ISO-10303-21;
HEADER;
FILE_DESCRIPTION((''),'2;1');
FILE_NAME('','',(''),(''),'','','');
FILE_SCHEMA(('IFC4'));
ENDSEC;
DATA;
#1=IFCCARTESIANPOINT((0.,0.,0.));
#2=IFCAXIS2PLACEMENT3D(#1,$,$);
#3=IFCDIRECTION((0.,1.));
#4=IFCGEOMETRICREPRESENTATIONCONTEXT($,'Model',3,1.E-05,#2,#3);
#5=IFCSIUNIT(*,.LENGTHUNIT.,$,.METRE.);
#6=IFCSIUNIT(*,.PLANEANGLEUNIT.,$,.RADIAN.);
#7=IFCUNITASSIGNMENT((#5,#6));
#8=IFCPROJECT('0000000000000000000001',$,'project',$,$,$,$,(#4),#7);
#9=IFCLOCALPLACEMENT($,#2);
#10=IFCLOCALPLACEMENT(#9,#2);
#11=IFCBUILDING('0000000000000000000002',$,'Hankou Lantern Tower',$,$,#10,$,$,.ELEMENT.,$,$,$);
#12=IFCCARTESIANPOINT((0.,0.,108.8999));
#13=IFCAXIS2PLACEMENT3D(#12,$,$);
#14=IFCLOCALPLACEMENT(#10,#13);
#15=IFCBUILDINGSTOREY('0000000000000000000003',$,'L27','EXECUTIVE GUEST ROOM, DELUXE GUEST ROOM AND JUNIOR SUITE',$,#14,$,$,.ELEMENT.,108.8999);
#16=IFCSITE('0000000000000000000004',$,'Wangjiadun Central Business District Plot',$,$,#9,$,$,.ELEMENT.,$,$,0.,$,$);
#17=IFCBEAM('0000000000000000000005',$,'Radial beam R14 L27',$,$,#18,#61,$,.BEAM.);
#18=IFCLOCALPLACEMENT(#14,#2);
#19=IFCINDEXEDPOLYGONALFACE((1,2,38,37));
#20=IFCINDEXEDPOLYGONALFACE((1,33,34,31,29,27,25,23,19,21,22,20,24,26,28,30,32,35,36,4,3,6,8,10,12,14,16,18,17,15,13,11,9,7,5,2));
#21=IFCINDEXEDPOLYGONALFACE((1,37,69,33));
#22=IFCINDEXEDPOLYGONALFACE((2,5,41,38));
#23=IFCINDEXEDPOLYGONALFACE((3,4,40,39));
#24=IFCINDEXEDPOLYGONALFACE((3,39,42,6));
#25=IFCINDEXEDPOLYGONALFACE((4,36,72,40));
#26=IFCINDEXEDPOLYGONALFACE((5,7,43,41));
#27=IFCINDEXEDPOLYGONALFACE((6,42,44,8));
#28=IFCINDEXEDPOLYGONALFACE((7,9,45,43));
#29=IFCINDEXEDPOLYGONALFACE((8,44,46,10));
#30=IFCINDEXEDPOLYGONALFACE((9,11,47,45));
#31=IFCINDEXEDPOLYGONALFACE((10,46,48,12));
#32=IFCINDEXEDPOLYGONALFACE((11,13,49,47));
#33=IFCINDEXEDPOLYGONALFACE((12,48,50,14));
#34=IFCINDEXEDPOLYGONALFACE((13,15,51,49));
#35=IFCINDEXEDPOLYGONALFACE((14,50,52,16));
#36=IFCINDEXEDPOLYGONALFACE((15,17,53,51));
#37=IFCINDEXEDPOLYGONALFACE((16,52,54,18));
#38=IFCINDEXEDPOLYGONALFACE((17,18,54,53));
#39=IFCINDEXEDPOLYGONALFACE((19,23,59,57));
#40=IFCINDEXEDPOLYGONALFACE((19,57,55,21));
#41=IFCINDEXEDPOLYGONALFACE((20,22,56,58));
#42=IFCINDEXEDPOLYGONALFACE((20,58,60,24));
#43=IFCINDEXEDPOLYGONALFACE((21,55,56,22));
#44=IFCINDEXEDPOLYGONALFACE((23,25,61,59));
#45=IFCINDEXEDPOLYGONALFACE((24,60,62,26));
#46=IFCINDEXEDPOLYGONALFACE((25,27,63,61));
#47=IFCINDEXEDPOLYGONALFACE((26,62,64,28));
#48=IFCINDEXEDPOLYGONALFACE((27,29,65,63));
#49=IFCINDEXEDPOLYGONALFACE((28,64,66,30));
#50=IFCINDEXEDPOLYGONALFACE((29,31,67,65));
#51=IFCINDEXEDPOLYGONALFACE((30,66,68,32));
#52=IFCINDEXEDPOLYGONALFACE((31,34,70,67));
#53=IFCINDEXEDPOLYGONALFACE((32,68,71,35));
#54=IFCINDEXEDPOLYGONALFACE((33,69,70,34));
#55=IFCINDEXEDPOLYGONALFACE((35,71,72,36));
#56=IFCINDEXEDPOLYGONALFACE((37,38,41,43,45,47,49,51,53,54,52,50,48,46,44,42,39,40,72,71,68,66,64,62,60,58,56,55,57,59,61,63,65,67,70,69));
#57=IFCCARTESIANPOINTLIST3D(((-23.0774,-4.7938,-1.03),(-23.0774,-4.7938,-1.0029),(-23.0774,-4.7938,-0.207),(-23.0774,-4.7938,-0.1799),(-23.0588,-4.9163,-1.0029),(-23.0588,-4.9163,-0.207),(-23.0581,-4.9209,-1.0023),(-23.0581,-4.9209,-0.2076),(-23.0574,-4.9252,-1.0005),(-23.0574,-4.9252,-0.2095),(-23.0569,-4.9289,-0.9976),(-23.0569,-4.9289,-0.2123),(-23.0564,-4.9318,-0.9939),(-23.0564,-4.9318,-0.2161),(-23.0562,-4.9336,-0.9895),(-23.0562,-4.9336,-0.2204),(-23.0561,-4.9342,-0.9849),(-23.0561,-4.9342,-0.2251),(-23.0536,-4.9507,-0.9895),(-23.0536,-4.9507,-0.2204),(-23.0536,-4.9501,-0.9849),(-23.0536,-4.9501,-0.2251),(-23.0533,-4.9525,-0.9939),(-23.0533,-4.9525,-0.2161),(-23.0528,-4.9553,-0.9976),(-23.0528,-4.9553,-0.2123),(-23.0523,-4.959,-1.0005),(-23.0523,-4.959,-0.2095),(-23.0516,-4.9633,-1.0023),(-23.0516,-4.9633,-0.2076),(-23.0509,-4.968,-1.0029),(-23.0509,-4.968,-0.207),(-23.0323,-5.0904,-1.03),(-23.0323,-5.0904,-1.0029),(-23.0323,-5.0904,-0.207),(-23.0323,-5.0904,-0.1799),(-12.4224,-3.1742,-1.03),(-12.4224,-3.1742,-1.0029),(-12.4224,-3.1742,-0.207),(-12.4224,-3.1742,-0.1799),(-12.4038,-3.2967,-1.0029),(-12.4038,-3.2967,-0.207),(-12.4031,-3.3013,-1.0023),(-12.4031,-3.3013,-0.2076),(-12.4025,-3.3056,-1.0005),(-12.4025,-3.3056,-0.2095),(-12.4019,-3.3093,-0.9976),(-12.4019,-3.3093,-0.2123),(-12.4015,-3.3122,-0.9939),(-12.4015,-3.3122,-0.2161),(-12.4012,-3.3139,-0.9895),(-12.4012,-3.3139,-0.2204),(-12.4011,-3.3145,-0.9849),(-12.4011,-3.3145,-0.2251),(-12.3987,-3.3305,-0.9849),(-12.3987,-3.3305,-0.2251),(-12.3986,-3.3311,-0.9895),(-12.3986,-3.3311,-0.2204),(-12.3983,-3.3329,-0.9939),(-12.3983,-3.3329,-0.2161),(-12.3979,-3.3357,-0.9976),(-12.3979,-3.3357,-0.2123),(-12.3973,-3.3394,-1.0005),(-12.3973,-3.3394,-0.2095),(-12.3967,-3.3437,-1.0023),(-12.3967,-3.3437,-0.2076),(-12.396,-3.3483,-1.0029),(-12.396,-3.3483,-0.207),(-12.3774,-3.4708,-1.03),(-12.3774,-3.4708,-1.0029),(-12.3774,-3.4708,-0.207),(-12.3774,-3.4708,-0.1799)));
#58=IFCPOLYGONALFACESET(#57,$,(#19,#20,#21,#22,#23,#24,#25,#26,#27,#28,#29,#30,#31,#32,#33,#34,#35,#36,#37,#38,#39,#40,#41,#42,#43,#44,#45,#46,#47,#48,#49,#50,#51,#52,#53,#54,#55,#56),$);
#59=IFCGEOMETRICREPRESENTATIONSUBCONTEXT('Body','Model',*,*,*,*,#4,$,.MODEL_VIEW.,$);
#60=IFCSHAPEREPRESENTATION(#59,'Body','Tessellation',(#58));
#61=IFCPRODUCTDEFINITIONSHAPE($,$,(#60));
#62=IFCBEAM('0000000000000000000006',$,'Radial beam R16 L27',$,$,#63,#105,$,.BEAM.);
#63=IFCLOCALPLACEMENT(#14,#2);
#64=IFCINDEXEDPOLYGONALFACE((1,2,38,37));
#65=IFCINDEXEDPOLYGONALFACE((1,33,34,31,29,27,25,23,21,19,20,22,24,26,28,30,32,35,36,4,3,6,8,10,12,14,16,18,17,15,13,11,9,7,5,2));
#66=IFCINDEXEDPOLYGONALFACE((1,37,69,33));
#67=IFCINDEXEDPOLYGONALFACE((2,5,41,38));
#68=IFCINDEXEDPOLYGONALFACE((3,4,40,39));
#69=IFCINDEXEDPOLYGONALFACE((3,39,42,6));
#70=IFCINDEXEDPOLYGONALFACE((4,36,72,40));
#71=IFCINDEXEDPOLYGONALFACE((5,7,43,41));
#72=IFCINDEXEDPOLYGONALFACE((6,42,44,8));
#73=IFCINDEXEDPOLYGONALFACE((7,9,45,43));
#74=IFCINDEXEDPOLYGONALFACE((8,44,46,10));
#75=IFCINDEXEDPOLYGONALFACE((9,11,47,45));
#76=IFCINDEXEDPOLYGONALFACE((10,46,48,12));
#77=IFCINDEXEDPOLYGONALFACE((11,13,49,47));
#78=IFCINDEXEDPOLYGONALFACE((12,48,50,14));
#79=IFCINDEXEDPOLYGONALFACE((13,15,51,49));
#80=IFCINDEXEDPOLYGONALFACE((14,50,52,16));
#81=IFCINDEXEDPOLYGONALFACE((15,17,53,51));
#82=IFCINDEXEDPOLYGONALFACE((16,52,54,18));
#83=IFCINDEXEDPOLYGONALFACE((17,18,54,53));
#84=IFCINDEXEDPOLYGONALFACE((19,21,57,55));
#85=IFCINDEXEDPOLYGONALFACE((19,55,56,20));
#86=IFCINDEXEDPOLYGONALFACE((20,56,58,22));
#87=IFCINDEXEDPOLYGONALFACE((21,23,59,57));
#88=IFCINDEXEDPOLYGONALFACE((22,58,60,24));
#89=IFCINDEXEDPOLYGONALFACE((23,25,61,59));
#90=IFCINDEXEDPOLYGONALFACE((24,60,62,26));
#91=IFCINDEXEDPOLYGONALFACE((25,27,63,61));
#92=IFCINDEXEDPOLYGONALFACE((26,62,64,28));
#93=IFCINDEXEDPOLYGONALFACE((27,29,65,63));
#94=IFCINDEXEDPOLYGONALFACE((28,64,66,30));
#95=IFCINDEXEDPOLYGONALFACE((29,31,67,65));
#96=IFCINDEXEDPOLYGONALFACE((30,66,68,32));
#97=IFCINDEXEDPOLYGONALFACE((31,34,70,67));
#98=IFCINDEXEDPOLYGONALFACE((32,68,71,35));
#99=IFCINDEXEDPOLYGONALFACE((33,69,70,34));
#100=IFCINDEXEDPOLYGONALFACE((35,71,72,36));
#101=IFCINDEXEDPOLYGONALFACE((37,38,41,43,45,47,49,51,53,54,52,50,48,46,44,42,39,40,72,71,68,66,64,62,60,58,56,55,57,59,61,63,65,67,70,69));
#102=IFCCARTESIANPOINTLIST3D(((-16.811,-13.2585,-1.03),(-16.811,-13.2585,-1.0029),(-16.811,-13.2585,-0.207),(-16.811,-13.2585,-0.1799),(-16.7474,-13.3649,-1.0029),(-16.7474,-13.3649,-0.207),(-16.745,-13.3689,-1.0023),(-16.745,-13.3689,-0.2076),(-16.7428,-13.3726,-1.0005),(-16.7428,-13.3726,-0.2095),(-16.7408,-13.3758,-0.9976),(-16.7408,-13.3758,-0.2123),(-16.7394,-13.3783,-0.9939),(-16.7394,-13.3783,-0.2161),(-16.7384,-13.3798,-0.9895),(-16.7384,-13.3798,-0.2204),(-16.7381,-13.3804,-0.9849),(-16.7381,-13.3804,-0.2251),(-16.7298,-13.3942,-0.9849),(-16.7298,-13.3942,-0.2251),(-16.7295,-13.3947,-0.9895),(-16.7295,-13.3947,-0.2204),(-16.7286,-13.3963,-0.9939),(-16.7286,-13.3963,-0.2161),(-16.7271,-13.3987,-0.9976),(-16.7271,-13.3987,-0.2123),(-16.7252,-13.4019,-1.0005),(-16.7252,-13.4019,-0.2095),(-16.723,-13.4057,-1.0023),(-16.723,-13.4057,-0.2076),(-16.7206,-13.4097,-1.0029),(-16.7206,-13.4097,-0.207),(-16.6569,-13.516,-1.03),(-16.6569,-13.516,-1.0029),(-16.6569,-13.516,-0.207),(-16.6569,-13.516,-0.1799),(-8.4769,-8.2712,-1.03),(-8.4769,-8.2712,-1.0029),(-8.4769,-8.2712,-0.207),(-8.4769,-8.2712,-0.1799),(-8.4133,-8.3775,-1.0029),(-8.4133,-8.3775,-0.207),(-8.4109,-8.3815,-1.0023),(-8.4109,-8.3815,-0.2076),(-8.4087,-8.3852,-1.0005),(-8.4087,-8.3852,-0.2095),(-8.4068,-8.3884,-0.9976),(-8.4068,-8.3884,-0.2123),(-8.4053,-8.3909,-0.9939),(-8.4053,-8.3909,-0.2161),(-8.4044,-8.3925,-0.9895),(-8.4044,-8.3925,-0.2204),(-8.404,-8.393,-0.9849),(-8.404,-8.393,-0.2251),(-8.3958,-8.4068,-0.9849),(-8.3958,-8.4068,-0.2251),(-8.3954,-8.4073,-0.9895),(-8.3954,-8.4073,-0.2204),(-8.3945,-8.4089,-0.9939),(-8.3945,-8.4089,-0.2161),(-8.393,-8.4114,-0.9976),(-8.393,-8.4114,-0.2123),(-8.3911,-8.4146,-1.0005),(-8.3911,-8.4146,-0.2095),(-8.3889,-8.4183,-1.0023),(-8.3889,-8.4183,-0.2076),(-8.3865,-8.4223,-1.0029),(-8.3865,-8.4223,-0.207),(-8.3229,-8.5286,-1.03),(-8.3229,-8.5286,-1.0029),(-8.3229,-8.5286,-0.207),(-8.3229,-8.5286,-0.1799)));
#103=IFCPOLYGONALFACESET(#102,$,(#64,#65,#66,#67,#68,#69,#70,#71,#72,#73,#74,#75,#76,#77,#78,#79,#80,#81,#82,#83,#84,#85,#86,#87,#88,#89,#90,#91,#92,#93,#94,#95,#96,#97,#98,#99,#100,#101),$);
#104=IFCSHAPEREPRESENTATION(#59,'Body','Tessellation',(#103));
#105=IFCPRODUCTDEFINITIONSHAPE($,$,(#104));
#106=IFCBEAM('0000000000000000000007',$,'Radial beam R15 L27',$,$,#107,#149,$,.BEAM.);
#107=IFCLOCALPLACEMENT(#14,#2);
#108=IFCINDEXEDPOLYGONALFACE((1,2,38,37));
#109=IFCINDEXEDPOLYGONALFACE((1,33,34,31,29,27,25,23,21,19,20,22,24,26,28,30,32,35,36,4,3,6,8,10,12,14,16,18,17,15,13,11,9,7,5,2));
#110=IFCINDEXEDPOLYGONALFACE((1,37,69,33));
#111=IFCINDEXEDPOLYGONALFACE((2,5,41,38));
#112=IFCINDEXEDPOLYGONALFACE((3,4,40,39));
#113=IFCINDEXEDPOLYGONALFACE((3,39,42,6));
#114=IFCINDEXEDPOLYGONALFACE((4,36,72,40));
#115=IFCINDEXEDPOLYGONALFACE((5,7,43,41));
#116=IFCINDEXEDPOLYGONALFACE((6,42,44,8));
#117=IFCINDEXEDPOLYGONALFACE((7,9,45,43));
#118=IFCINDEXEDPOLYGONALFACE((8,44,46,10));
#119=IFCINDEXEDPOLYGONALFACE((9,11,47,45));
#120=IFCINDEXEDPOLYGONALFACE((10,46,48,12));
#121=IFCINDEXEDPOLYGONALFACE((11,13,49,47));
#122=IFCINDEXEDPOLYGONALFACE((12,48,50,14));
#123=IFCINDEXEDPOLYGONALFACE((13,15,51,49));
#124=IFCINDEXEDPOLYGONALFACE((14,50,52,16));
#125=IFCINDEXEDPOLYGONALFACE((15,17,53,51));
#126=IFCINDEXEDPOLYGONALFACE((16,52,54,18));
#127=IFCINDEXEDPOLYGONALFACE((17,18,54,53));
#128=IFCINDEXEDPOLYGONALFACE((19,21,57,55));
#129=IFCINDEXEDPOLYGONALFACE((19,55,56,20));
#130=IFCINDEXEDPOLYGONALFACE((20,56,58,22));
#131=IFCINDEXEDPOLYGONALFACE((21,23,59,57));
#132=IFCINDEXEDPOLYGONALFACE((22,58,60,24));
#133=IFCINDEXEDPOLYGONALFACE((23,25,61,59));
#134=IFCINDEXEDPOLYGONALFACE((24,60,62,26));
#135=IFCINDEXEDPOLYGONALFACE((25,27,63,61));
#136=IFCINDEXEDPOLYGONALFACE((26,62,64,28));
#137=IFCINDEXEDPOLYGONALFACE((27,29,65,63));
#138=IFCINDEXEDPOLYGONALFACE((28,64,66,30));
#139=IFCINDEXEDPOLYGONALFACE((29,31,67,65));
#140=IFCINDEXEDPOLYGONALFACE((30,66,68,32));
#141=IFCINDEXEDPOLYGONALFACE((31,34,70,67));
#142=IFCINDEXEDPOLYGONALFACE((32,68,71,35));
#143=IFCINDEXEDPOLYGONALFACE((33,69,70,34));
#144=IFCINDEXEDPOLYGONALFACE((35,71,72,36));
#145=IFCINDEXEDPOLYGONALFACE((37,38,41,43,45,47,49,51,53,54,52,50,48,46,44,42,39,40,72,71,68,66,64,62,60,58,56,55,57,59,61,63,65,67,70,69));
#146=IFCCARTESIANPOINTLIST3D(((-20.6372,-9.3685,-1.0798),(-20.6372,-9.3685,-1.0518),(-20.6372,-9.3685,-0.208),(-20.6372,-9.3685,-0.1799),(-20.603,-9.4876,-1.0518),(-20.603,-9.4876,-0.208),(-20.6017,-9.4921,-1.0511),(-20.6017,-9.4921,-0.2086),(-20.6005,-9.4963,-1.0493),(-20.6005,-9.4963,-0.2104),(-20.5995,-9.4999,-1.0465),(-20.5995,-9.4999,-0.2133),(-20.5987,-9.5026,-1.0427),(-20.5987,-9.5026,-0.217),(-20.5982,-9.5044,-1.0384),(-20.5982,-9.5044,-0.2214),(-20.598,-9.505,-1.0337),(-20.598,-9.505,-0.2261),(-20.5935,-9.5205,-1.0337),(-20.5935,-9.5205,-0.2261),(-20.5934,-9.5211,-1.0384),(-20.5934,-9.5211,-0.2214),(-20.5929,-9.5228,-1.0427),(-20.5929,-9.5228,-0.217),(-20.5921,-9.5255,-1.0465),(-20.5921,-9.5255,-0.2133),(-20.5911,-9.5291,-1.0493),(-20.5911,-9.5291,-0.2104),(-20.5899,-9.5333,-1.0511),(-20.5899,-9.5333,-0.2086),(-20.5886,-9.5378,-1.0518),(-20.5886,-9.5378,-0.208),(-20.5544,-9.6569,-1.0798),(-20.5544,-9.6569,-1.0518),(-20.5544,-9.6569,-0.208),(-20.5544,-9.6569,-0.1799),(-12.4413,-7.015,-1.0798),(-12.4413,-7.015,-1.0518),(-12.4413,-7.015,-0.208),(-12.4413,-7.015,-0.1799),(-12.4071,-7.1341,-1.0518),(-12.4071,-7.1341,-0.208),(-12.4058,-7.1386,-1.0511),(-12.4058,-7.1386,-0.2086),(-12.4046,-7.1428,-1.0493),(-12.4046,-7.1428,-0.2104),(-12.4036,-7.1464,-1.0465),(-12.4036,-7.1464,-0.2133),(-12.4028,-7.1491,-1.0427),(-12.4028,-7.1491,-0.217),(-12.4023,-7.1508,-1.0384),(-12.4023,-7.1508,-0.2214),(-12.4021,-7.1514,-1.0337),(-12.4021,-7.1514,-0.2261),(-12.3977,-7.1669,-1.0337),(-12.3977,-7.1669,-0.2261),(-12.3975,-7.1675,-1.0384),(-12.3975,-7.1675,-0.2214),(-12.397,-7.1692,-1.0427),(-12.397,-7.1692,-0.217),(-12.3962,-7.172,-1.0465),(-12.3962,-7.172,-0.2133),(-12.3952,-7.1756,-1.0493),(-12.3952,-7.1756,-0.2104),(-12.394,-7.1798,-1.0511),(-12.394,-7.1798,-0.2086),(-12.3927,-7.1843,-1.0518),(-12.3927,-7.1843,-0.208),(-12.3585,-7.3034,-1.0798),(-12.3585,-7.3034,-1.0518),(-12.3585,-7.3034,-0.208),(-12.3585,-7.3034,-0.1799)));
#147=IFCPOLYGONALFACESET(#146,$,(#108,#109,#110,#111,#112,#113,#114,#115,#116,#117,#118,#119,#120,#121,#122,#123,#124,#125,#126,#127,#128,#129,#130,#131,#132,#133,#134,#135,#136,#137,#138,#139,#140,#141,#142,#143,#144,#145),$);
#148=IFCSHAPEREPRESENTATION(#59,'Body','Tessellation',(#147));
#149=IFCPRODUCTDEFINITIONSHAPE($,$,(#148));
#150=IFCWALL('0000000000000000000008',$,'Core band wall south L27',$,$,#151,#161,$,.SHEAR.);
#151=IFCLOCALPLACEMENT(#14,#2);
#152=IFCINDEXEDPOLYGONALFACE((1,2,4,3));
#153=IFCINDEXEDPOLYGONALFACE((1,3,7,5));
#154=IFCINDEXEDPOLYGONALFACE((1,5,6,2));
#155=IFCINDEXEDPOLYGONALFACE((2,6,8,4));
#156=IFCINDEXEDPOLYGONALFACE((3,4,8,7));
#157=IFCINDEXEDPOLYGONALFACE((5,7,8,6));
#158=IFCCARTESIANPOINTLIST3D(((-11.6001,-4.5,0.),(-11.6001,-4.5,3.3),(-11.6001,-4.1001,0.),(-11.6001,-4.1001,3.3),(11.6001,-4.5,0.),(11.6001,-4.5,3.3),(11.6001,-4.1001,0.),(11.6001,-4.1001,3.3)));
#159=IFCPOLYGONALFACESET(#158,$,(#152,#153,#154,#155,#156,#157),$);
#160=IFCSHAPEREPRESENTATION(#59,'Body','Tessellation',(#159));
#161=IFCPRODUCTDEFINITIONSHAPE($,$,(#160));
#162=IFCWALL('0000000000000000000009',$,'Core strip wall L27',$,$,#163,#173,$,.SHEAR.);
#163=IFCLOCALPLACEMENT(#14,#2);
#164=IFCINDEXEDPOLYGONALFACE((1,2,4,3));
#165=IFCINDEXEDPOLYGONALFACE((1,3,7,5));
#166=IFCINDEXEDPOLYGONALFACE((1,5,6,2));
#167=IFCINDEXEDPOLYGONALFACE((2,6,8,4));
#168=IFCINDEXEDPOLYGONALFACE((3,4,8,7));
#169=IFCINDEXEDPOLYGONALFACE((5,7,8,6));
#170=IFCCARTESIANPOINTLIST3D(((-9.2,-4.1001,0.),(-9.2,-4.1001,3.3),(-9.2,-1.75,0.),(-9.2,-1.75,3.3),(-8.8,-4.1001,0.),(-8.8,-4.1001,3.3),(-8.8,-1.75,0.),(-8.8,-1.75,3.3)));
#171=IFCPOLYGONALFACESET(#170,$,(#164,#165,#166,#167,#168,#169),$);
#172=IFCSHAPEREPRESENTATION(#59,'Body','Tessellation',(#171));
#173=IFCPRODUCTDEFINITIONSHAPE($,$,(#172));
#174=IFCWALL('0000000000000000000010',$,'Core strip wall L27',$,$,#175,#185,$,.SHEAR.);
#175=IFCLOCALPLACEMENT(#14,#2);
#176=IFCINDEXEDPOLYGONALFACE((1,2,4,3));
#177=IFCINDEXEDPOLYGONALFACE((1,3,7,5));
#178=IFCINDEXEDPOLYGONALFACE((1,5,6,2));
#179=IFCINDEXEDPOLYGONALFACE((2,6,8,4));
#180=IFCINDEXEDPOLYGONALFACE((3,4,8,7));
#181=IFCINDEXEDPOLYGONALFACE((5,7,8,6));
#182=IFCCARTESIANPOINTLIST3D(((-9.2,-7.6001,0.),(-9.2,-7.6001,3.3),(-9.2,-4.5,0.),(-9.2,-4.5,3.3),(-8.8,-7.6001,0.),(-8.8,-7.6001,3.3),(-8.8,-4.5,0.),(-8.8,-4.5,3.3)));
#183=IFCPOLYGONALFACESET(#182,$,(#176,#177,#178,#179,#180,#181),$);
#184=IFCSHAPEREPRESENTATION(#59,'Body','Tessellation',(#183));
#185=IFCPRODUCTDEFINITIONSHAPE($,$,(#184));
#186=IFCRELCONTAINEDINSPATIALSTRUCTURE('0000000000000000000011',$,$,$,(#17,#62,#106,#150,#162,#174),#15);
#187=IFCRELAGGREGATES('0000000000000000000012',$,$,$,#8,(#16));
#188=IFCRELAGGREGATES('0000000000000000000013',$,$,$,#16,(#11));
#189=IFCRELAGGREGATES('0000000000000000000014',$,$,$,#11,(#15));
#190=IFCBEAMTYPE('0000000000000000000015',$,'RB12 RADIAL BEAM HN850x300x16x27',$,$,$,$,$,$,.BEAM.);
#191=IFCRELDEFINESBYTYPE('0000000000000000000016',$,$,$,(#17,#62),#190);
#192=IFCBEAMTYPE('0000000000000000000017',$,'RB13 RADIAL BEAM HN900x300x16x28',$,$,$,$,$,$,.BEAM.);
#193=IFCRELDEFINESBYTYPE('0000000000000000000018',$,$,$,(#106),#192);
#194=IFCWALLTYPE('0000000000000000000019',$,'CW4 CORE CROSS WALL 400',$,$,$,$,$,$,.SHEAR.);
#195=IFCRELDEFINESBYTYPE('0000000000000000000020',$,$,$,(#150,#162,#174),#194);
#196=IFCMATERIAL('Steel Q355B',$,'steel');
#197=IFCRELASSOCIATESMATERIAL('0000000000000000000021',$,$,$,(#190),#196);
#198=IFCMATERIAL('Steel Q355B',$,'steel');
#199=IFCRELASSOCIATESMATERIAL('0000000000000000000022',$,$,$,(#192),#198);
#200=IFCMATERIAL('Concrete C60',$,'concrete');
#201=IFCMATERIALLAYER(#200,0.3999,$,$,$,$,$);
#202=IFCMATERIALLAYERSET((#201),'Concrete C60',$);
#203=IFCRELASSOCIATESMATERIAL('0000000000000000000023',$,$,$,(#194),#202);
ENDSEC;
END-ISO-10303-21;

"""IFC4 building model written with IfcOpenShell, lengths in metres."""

from ifc_helpers import new_model, si_unit, direction, frame, frame_2d, origin, origin_2d, place, context, subcontext, project, spatial, rectangle, i_section, extrude, material, layer, layer_set, material_profile, profile_set, type_object, element, save


model = new_model("IFC4")

# Units and contexts
model_context = context("Model", 3, precision=1e-05, world=origin(), true_north=direction((0.0, 1.0)))
body_context = subcontext(model_context, "Body", "Model", "MODEL_VIEW")
ifc_project = project(units=[si_unit("LENGTHUNIT", "METRE"), si_unit("PLANEANGLEUNIT", "RADIAN")], contexts=[model_context])

# Site, building, storey
site_placement = place(None, origin())
site = spatial("IfcSite", under=ifc_project, at=site_placement, Name="Wangjiadun Central Business District Plot", CompositionType="ELEMENT", RefElevation=0.0)
building_placement = place(site_placement, origin())
building = spatial("IfcBuilding", under=site, at=building_placement, Name="Hankou Lantern Tower", CompositionType="ELEMENT")
storey_placement = place(building_placement, frame((0.0, 0.0, 108.8999)))
storey = spatial("IfcBuildingStorey", under=building, at=storey_placement, Name="L27", Description="EXECUTIVE GUEST ROOM, DELUXE GUEST ROOM AND JUNIOR SUITE", CompositionType="ELEMENT", Elevation=108.8999)

# Beams
ifc_material_1 = material(Name="Steel Q355B", Category="steel")
ifc_material_profile_1 = material_profile(ifc_material_1, i_section(OverallWidth=0.3, OverallDepth=0.8501, WebThickness=0.0161, FlangeThickness=0.0271, FilletRadius=0.0181, at=origin_2d()), Name="HN850x300x16x27")
ifc_profile_set_1 = profile_set([ifc_material_profile_1], Name="Steel Q355B")
beam_type_1 = type_object("IfcBeamType", Name="RB12 RADIAL BEAM HN850x300x16x27", PredefinedType="BEAM", material=ifc_profile_set_1)
beam_1_placement = place(storey_placement, frame((-12.3999, -3.3225, -0.605), z_axis=(-0.988644, -0.15028, 0.0), x_axis=(0.15028, -0.988644, 0.0)))
element("IfcBeam", 1, at=beam_1_placement, inside=storey, type_object=beam_type_1, Name="Radial beam R14 L27", PredefinedType="BEAM", context=body_context, shape_type="SweptSolid", body=[
    extrude(i_section(OverallWidth=0.3, OverallDepth=0.8501, WebThickness=0.0161, FlangeThickness=0.0271, FilletRadius=0.0181, at=origin_2d()), origin(), (0.0, 0.0, 1.0), 10.7773),
])
beam_2_placement = place(storey_placement, frame((-8.3999, -8.3999, -0.605), z_axis=(-0.858087, -0.513505, 0.0), x_axis=(0.513505, -0.858087, 0.0)))
element("IfcBeam", 2, at=beam_2_placement, inside=storey, type_object=beam_type_1, Name="Radial beam R16 L27", PredefinedType="BEAM", context=body_context, shape_type="SweptSolid", body=[
    extrude(i_section(OverallWidth=0.3, OverallDepth=0.8501, WebThickness=0.0161, FlangeThickness=0.0271, FilletRadius=0.0181, at=origin_2d()), origin(), (0.0, 0.0, 1.0), 9.7124),
])
ifc_material_2 = material(Name="Steel Q355B", Category="steel")
ifc_material_profile_2 = material_profile(ifc_material_2, i_section(OverallWidth=0.3, OverallDepth=0.8999, WebThickness=0.0161, FlangeThickness=0.0281, FilletRadius=0.0181, at=origin_2d()), Name="HN900x300x16x28")
ifc_profile_set_2 = profile_set([ifc_material_profile_2], Name="Steel Q355B")
beam_type_2 = type_object("IfcBeamType", Name="RB13 RADIAL BEAM HN900x300x16x28", PredefinedType="BEAM", material=ifc_profile_set_2)
beam_3_placement = place(storey_placement, frame((-12.3999, -7.1592, -0.6299), z_axis=(-0.961156, -0.276007, 0.0), x_axis=(0.276007, -0.961156, 0.0)))
element("IfcBeam", 3, at=beam_3_placement, inside=storey, type_object=beam_type_2, Name="Radial beam R15 L27", PredefinedType="BEAM", context=body_context, shape_type="SweptSolid", body=[
    extrude(i_section(OverallWidth=0.3, OverallDepth=0.8999, WebThickness=0.0161, FlangeThickness=0.0281, FilletRadius=0.0181, at=origin_2d()), origin(), (0.0, 0.0, 1.0), 8.5271),
])

# Walls
ifc_material_3 = material(Name="Concrete C60", Category="concrete")
ifc_layer_1 = layer(ifc_material_3, 0.3999)
ifc_layer_set_1 = layer_set([ifc_layer_1], Name="Concrete C60")
wall_type_1 = type_object("IfcWallType", Name="CW4 CORE CROSS WALL 400", PredefinedType="SHEAR", material=ifc_layer_set_1)
wall_1_placement = place(storey_placement, frame((-11.6001, -4.3, 0.0), z_axis=(0.0, 0.0, 1.0), x_axis=(1.0, 0.0, 0.0)))
element("IfcWall", 4, at=wall_1_placement, inside=storey, type_object=wall_type_1, Name="Core band wall south L27", PredefinedType="SHEAR", context=body_context, shape_type="SweptSolid", body=[
    extrude(rectangle(XDim=23.2002, YDim=0.3999, at=frame_2d((11.6001, 0.0))), origin(), (0.0, 0.0, 1.0), 3.3),
])
wall_2_placement = place(storey_placement, frame((-9.0, -4.1001, 0.0), z_axis=(0.0, 0.0, 1.0), x_axis=(0.0, 1.0, 0.0)))
element("IfcWall", 5, at=wall_2_placement, inside=storey, type_object=wall_type_1, Name="Core strip wall L27", PredefinedType="SHEAR", context=body_context, shape_type="SweptSolid", body=[
    extrude(rectangle(XDim=2.3501, YDim=0.3999, at=frame_2d((1.175, 0.0))), origin(), (0.0, 0.0, 1.0), 3.3),
])
wall_3_placement = place(storey_placement, frame((-9.0, -7.6001, 0.0), z_axis=(0.0, 0.0, 1.0), x_axis=(0.0, 1.0, 0.0)))
element("IfcWall", 6, at=wall_3_placement, inside=storey, type_object=wall_type_1, Name="Core strip wall L27", PredefinedType="SHEAR", context=body_context, shape_type="SweptSolid", body=[
    extrude(rectangle(XDim=3.1001, YDim=0.3999, at=frame_2d((1.55, 0.0))), origin(), (0.0, 0.0, 1.0), 3.3),
])

save(model, "model.ifc")
